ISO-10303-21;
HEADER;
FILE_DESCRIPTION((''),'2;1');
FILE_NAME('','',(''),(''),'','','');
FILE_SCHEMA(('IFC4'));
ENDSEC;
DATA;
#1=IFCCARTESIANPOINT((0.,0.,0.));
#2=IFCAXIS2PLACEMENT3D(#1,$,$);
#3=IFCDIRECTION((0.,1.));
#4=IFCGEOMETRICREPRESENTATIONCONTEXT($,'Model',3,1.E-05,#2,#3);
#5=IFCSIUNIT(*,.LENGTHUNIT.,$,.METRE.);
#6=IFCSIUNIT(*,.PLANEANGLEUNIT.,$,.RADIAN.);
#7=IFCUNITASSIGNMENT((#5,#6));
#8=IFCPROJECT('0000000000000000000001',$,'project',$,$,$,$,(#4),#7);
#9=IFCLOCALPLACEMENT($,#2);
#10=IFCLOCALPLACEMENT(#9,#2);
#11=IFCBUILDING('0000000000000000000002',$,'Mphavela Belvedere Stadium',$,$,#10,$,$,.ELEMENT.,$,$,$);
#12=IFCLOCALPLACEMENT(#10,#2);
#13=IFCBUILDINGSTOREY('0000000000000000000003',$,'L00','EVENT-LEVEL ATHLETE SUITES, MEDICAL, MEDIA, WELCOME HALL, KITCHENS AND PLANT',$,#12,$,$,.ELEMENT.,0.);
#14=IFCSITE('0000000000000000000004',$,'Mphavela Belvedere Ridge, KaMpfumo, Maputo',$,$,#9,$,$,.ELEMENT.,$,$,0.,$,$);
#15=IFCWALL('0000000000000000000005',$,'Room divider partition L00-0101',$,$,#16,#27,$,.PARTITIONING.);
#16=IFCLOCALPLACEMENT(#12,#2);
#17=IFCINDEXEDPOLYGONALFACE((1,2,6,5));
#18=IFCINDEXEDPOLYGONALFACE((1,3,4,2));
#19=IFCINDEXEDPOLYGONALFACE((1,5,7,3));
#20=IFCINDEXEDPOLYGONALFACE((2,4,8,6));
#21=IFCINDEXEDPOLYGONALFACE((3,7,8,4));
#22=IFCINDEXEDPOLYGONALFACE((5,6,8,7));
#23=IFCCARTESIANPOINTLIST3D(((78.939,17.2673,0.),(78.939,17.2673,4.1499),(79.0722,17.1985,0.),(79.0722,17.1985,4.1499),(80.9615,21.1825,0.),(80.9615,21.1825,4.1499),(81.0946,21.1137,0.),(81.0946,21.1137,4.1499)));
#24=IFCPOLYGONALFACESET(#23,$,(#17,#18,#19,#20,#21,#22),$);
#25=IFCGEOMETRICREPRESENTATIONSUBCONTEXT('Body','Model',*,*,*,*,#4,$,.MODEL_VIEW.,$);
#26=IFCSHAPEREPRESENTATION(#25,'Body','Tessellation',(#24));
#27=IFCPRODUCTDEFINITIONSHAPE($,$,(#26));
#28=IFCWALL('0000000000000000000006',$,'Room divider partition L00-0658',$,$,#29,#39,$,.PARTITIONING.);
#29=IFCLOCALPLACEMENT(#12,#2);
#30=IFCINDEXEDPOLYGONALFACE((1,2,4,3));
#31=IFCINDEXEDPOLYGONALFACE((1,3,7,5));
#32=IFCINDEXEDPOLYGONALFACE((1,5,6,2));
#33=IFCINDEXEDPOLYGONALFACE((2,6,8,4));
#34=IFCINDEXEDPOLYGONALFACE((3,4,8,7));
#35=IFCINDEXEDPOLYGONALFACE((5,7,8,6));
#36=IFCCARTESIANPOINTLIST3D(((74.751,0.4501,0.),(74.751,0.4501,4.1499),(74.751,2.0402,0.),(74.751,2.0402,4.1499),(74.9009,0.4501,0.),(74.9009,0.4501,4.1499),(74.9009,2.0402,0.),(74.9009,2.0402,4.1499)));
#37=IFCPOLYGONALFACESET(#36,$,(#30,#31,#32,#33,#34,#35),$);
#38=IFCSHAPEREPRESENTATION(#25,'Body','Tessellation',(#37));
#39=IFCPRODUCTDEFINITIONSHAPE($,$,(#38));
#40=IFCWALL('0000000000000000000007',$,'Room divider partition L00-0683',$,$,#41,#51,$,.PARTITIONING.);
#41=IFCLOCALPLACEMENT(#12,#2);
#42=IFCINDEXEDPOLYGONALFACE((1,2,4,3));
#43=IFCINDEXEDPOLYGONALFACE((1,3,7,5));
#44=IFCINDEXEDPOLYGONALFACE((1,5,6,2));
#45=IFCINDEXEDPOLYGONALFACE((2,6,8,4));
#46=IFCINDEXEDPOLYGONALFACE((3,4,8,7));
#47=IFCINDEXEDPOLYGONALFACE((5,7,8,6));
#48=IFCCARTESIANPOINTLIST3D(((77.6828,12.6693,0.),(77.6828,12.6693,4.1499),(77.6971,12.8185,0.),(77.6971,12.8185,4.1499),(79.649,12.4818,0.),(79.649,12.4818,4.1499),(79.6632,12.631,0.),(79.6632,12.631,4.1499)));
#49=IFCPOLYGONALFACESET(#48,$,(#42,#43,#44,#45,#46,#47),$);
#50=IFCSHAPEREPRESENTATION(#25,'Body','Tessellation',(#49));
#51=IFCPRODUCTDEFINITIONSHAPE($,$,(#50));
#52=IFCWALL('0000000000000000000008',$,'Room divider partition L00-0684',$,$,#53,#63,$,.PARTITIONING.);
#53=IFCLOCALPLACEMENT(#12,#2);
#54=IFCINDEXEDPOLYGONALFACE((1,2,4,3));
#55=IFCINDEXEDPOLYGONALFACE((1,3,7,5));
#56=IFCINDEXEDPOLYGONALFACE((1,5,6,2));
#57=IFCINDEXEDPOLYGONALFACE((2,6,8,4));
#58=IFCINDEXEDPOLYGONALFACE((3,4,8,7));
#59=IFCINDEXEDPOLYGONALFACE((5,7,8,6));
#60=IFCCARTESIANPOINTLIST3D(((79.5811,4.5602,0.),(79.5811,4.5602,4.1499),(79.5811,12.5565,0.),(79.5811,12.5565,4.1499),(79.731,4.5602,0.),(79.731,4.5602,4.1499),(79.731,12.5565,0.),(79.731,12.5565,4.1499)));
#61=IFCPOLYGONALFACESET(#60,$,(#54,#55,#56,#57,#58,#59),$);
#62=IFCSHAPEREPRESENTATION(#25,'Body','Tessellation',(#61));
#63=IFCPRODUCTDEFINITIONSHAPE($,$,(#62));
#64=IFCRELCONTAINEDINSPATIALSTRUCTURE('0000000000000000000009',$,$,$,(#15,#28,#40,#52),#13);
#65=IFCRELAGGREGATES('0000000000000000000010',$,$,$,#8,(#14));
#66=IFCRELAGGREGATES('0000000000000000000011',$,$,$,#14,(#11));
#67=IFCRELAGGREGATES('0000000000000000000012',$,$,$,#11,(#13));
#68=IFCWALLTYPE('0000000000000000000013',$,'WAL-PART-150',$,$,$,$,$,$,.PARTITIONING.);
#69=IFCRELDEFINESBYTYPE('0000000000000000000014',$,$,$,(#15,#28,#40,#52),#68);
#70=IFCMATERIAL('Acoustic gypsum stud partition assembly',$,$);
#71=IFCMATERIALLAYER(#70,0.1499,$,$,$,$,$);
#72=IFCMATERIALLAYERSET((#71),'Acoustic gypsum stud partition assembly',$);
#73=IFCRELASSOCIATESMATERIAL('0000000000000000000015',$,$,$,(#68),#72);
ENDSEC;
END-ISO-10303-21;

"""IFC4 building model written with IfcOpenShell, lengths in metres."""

from ifc_helpers import new_model, si_unit, direction, frame, frame_2d, origin, place, context, subcontext, project, spatial, rectangle, extrude, material, layer, layer_set, type_object, element, save


model = new_model("IFC4")

# Units and contexts
model_context = context("Model", 3, precision=1e-05, world=origin(), true_north=direction((0.0, 1.0)))
body_context = subcontext(model_context, "Body", "Model", "MODEL_VIEW")
ifc_project = project(units=[si_unit("LENGTHUNIT", "METRE"), si_unit("PLANEANGLEUNIT", "RADIAN")], contexts=[model_context])

# Site, building, storey
site_placement = place(None, origin())
site = spatial("IfcSite", under=ifc_project, at=site_placement, Name="Mphavela Belvedere Ridge, KaMpfumo, Maputo", CompositionType="ELEMENT", RefElevation=0.0)
building_placement = place(site_placement, origin())
building = spatial("IfcBuilding", under=site, at=building_placement, Name="Mphavela Belvedere Stadium", CompositionType="ELEMENT")
storey_placement = place(building_placement, origin())
storey = spatial("IfcBuildingStorey", under=building, at=storey_placement, Name="L00", Description="EVENT-LEVEL ATHLETE SUITES, MEDICAL, MEDIA, WELCOME HALL, KITCHENS AND PLANT", CompositionType="ELEMENT", Elevation=0.0)

# Shared definitions
ifc_material_1 = material(Name="Acoustic gypsum stud partition assembly")
ifc_layer_1 = layer(ifc_material_1, 0.1499)
ifc_layer_set_1 = layer_set([ifc_layer_1], Name="Acoustic gypsum stud partition assembly")
wall_type_1 = type_object("IfcWallType", Name="WAL-PART-150", PredefinedType="PARTITIONING", material=ifc_layer_set_1)

# Walls
wall_1_placement = place(storey_placement, frame((79.0056, 17.2329, 0.0), z_axis=(0.0, 0.0, 1.0), x_axis=(0.458942, 0.888466, 0.0)))
element("IfcWall", 1, at=wall_1_placement, inside=storey, type_object=wall_type_1, Name="Room divider partition L00-0101", PredefinedType="PARTITIONING", context=body_context, shape_type="SweptSolid", body=[
    extrude(rectangle(XDim=4.4067, YDim=0.1499, at=frame_2d((2.2034, 0.0))), origin(), (0.0, 0.0, 1.0), 4.1499),
])
wall_2_placement = place(storey_placement, frame((74.8259, 2.04, 0.0), z_axis=(0.0, 0.0, 1.0), x_axis=(0.0, -1.0, 0.0)))
element("IfcWall", 2, at=wall_2_placement, inside=storey, type_object=wall_type_1, Name="Room divider partition L00-0658", PredefinedType="PARTITIONING", context=body_context, shape_type="SweptSolid", body=[
    extrude(rectangle(XDim=1.5901, YDim=0.1499, at=frame_2d((0.7949, 0.0))), origin(), (0.0, 0.0, 1.0), 4.1499),
])
wall_3_placement = place(storey_placement, frame((77.6899, 12.7439, 0.0), z_axis=(0.0, 0.0, 1.0), x_axis=(0.995483, -0.094937, 0.0)))
element("IfcWall", 3, at=wall_3_placement, inside=storey, type_object=wall_type_1, Name="Room divider partition L00-0683", PredefinedType="PARTITIONING", context=body_context, shape_type="SweptSolid", body=[
    extrude(rectangle(XDim=1.9751, YDim=0.1499, at=frame_2d((0.9875, 0.0))), origin(), (0.0, 0.0, 1.0), 4.1499),
])
wall_4_placement = place(storey_placement, frame((79.656, 12.5564, 0.0), z_axis=(0.0, 0.0, 1.0), x_axis=(0.0, -1.0, 0.0)))
element("IfcWall", 4, at=wall_4_placement, inside=storey, type_object=wall_type_1, Name="Room divider partition L00-0684", PredefinedType="PARTITIONING", context=body_context, shape_type="SweptSolid", body=[
    extrude(rectangle(XDim=7.9963, YDim=0.1499, at=frame_2d((3.998, 0.0))), origin(), (0.0, 0.0, 1.0), 4.1499),
])

save(model, "model.ifc")
